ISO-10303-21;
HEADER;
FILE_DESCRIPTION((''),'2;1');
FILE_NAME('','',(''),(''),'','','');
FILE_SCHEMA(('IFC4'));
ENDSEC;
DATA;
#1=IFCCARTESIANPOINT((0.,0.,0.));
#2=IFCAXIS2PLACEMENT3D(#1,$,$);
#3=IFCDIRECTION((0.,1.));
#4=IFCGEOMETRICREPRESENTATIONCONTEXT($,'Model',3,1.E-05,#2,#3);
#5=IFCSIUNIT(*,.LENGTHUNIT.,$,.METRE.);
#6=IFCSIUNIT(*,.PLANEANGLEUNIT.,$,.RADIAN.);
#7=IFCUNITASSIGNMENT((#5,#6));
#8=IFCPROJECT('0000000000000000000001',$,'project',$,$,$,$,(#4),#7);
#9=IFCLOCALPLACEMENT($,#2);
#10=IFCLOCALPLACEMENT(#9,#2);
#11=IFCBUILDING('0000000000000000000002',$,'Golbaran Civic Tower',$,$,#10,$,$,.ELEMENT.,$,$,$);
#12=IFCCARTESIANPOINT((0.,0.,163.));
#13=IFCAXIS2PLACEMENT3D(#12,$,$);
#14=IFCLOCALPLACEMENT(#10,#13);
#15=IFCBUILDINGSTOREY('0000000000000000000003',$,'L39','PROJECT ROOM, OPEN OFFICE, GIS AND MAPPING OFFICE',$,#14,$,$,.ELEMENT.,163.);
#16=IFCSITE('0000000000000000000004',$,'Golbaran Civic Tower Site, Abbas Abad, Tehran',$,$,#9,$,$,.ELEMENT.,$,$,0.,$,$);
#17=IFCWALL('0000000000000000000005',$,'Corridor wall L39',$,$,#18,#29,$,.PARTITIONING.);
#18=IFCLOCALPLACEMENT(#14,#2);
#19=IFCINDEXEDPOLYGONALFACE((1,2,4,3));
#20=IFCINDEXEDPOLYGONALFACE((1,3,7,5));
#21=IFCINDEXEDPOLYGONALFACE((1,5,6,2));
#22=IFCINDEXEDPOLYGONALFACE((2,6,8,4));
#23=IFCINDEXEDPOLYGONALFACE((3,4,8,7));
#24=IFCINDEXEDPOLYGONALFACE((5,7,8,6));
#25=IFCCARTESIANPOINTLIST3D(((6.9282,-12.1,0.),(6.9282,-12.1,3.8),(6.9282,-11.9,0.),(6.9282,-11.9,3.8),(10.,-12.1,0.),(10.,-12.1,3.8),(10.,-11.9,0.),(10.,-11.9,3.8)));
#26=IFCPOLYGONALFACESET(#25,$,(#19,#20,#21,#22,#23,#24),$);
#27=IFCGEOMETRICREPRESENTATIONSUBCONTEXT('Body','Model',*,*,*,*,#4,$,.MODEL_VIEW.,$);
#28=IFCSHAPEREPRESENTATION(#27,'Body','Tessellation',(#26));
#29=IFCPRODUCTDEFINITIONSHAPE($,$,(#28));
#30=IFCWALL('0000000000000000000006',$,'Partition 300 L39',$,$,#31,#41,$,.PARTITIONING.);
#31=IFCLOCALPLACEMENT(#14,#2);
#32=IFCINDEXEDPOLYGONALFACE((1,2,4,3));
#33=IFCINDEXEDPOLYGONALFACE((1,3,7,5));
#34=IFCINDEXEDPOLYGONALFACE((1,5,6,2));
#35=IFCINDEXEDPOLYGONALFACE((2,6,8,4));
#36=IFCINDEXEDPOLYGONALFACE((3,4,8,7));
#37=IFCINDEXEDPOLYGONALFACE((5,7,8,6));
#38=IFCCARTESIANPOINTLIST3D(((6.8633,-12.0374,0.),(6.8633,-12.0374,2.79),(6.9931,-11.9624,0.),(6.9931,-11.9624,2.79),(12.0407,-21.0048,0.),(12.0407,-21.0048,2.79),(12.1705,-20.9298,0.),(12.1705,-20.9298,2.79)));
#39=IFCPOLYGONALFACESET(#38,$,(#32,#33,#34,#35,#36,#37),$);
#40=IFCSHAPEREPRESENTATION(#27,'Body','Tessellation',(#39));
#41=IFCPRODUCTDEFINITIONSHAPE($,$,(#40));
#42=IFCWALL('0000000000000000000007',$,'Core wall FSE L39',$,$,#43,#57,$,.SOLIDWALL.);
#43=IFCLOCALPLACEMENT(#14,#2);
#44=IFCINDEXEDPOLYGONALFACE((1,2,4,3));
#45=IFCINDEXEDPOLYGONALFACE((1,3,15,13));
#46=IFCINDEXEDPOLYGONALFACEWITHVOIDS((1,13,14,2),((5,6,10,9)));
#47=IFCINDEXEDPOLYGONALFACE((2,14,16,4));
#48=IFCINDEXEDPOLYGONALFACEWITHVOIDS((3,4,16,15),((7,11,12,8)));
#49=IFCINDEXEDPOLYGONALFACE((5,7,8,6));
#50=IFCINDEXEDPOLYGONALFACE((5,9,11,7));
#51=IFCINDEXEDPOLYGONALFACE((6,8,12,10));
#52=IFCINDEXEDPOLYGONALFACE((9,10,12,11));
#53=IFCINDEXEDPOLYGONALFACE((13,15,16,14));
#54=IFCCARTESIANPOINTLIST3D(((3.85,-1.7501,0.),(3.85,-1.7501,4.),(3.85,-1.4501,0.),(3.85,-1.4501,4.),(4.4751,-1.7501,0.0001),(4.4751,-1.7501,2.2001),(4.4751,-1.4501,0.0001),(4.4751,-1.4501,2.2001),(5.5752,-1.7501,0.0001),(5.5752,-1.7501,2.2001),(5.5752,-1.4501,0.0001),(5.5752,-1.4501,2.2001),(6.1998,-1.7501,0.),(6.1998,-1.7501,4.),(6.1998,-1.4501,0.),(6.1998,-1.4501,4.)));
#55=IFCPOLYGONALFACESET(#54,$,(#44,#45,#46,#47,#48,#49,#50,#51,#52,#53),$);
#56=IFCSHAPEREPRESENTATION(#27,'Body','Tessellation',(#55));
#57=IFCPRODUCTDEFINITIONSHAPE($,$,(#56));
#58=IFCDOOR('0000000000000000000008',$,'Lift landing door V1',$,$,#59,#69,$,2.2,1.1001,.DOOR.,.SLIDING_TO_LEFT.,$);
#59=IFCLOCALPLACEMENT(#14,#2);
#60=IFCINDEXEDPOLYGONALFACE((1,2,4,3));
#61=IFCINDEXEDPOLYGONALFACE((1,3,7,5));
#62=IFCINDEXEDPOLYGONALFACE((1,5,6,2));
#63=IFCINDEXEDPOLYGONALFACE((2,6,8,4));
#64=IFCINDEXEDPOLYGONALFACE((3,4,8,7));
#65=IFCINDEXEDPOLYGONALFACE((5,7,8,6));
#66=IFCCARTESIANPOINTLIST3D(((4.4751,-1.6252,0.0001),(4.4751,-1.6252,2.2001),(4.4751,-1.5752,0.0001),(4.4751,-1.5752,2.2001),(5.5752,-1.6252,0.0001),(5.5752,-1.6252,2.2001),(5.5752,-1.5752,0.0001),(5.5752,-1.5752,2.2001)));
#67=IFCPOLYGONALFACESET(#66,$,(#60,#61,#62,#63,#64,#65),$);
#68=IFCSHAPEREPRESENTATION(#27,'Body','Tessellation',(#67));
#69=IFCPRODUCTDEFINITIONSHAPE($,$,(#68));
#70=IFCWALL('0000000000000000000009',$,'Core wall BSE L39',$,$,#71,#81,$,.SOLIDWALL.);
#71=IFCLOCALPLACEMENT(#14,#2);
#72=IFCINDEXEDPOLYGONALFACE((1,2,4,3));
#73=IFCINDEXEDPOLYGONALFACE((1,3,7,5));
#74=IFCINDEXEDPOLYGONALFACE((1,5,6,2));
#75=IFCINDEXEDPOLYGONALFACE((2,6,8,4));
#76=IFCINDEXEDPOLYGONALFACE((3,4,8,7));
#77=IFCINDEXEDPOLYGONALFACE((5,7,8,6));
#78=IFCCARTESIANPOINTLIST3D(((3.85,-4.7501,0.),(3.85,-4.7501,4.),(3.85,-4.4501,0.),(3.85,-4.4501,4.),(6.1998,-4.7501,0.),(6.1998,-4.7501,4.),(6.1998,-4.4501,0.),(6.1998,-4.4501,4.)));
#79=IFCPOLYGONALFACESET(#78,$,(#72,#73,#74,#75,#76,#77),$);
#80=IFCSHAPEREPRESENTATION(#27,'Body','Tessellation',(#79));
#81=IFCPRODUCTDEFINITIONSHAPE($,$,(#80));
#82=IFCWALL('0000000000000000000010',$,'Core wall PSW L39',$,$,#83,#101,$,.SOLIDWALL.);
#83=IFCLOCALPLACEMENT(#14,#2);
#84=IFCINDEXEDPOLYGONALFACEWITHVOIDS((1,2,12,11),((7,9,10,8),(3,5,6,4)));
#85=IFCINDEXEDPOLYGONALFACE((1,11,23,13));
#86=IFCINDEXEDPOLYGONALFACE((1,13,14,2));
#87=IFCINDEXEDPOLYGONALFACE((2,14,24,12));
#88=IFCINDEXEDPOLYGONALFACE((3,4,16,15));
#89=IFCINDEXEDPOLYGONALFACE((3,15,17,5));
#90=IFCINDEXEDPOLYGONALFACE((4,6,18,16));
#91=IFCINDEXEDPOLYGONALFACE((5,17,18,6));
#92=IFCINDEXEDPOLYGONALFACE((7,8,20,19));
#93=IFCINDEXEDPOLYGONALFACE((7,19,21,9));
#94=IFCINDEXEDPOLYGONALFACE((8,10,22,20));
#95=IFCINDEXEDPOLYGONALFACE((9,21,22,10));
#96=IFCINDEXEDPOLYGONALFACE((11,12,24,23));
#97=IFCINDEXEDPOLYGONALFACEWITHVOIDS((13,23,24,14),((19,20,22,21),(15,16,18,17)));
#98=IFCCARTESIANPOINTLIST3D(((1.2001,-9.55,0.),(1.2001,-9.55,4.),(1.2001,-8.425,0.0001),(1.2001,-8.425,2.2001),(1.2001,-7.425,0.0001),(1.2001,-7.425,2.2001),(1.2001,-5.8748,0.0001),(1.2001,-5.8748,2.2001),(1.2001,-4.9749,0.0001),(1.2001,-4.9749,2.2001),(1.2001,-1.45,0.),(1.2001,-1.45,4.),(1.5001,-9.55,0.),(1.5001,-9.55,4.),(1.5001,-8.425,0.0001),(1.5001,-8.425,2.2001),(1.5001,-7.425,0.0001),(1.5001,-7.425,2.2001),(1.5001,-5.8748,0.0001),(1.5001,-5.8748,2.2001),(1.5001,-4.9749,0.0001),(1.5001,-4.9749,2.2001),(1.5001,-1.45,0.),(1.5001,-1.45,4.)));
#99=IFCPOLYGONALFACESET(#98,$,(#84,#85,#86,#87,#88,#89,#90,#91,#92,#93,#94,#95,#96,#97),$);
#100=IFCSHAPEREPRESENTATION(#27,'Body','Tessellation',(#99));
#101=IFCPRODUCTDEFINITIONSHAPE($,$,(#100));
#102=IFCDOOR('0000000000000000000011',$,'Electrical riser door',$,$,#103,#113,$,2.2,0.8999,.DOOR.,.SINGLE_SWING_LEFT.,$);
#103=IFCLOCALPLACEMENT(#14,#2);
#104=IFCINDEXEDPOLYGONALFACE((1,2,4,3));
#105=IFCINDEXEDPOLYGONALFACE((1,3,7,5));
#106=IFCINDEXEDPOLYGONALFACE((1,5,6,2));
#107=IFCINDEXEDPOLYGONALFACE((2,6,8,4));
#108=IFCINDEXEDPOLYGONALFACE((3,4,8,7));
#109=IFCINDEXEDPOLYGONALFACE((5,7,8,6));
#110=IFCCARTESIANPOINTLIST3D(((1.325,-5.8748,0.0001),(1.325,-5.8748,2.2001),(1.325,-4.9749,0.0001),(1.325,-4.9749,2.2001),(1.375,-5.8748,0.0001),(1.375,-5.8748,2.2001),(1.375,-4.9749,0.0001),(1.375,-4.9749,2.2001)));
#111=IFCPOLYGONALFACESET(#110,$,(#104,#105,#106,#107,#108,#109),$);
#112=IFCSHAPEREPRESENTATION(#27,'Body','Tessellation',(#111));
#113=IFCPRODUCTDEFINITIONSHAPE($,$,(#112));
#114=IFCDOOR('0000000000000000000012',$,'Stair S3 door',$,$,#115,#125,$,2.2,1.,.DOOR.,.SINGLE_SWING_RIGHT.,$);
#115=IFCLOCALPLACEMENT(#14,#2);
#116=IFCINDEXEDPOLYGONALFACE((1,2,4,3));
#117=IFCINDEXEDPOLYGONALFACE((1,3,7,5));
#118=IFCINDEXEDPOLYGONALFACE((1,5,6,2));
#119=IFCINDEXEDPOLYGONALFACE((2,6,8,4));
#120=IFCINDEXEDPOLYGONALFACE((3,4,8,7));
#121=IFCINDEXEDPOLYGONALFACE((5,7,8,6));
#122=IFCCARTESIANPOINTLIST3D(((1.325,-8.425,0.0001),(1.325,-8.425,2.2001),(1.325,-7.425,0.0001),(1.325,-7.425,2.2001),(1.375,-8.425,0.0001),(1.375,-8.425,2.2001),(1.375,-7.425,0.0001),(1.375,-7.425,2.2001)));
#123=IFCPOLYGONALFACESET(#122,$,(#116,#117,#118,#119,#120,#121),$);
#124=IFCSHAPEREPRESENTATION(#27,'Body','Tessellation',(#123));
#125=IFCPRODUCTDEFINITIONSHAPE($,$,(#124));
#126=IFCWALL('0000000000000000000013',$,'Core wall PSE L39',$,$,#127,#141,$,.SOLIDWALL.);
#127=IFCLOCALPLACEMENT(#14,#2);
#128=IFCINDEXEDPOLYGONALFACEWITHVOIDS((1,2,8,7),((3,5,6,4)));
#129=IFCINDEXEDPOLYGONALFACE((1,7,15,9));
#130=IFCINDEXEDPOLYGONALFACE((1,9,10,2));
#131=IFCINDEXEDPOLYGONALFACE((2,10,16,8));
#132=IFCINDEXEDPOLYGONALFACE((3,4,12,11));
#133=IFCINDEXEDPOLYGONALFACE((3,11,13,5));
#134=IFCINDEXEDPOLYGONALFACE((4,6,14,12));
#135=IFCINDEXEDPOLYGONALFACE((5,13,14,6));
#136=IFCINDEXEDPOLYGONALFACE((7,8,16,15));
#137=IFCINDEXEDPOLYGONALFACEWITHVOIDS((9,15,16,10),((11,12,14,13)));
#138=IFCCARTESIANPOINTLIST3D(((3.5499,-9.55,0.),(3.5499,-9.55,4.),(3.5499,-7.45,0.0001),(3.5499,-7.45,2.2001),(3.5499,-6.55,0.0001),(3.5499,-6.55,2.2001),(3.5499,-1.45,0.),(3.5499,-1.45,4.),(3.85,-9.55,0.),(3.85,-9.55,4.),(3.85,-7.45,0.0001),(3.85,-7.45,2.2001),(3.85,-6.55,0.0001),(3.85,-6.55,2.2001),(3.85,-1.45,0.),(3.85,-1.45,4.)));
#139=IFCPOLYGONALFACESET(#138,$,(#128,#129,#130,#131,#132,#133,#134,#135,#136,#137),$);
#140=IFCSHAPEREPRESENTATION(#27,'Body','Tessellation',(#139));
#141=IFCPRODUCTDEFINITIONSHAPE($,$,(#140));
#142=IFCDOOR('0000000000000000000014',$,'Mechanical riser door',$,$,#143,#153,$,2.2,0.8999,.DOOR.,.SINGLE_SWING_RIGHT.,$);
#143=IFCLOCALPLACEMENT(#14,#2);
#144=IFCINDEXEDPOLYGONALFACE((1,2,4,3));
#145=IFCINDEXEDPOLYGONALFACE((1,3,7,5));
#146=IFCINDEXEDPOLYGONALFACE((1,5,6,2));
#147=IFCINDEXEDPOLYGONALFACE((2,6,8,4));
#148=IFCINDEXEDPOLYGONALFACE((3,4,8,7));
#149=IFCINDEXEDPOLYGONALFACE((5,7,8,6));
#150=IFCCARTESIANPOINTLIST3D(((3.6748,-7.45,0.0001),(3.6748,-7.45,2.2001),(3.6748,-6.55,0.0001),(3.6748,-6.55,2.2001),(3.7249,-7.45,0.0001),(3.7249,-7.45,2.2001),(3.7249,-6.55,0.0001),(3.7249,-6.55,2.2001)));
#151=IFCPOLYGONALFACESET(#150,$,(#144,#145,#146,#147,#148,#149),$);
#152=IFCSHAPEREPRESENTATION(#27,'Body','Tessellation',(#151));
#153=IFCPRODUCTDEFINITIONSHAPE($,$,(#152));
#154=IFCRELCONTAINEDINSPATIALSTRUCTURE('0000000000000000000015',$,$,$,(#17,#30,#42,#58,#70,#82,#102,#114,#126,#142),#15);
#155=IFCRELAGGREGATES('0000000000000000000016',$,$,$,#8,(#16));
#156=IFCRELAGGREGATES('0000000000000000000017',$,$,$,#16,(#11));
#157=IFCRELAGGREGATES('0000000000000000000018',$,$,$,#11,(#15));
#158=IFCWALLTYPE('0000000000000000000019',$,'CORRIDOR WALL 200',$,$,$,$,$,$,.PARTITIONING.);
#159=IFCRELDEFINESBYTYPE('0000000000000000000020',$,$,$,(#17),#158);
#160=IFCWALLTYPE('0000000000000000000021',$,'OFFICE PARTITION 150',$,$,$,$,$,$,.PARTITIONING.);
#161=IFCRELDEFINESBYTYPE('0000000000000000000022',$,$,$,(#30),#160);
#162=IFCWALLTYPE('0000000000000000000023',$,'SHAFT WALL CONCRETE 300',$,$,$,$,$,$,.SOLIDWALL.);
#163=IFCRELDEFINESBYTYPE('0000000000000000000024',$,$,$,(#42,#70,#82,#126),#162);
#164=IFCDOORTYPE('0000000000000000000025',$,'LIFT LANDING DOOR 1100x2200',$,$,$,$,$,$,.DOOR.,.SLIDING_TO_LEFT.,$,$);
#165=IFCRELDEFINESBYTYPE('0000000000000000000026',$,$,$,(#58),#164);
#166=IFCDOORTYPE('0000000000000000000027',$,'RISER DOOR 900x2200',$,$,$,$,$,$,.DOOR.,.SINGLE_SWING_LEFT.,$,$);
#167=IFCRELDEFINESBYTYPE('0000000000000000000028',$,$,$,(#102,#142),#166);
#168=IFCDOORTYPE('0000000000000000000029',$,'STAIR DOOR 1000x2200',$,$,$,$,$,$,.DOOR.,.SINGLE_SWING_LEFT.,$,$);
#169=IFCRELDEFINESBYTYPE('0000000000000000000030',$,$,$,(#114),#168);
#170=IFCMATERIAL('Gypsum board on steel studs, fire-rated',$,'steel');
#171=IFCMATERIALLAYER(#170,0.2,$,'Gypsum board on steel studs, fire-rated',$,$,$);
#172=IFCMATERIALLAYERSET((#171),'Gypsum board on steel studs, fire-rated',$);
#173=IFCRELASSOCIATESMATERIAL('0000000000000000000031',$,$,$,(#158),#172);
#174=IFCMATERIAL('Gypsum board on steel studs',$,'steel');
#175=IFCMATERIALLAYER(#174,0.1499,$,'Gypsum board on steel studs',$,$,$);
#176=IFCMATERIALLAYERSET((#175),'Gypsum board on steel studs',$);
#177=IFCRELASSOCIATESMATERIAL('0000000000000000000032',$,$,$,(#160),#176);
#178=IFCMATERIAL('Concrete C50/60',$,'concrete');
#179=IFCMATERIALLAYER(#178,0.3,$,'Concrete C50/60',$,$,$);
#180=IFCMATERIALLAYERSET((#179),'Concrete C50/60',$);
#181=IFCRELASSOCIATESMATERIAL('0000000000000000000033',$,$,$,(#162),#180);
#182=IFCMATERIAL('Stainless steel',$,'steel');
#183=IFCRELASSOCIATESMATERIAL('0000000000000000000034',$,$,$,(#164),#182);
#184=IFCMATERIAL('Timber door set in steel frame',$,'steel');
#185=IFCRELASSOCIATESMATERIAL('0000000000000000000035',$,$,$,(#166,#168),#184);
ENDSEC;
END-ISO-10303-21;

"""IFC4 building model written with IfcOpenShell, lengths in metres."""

from ifc_helpers import new_model, si_unit, direction, frame, frame_2d, origin, place, context, subcontext, project, spatial, rectangle, extrude, material, layer, layer_set, type_object, element, fill, save


model = new_model("IFC4")

# Units and contexts
model_context = context("Model", 3, precision=1e-05, world=origin(), true_north=direction((0.0, 1.0)))
body_context = subcontext(model_context, "Body", "Model", "MODEL_VIEW")
ifc_project = project(units=[si_unit("LENGTHUNIT", "METRE"), si_unit("PLANEANGLEUNIT", "RADIAN")], contexts=[model_context])

# Site, building, storey
site_placement = place(None, origin())
site = spatial("IfcSite", under=ifc_project, at=site_placement, Name="Golbaran Civic Tower Site, Abbas Abad, Tehran", CompositionType="ELEMENT", RefElevation=0.0)
building_placement = place(site_placement, origin())
building = spatial("IfcBuilding", under=site, at=building_placement, Name="Golbaran Civic Tower", CompositionType="ELEMENT")
storey_placement = place(building_placement, frame((0.0, 0.0, 163.0)))
storey = spatial("IfcBuildingStorey", under=building, at=storey_placement, Name="L39", Description="PROJECT ROOM, OPEN OFFICE, GIS AND MAPPING OFFICE", CompositionType="ELEMENT", Elevation=163.0)

# Walls
ifc_material_1 = material(Name="Gypsum board on steel studs, fire-rated", Category="steel")
ifc_layer_1 = layer(ifc_material_1, 0.2, Name="Gypsum board on steel studs, fire-rated")
ifc_layer_set_1 = layer_set([ifc_layer_1], Name="Gypsum board on steel studs, fire-rated")
wall_type_1 = type_object("IfcWallType", Name="CORRIDOR WALL 200", PredefinedType="PARTITIONING", material=ifc_layer_set_1)
wall_1_placement = place(storey_placement, frame((6.9282, -12.0, 0.0), z_axis=(0.0, 0.0, 1.0), x_axis=(1.0, 0.0, 0.0)))
element("IfcWall", 1, at=wall_1_placement, inside=storey, type_object=wall_type_1, Name="Corridor wall L39", PredefinedType="PARTITIONING", context=body_context, shape_type="SweptSolid", body=[
    extrude(rectangle(XDim=3.0718, YDim=0.2, at=frame_2d((1.5359, 0.0))), origin(), (0.0, 0.0, 1.0), 3.8),
])
ifc_material_2 = material(Name="Gypsum board on steel studs", Category="steel")
ifc_layer_2 = layer(ifc_material_2, 0.1499, Name="Gypsum board on steel studs")
ifc_layer_set_2 = layer_set([ifc_layer_2], Name="Gypsum board on steel studs")
wall_type_2 = type_object("IfcWallType", Name="OFFICE PARTITION 150", PredefinedType="PARTITIONING", material=ifc_layer_set_2)
wall_2_placement = place(storey_placement, frame((6.9282, -12.0, 0.0), z_axis=(0.0, 0.0, 1.0), x_axis=(0.500006, -0.866022, 0.0)))
element("IfcWall", 2, at=wall_2_placement, inside=storey, type_object=wall_type_2, Name="Partition 300 L39", PredefinedType="PARTITIONING", context=body_context, shape_type="SweptSolid", body=[
    extrude(rectangle(XDim=10.3547, YDim=0.1499, at=frame_2d((5.1772, 0.0))), origin(), (0.0, 0.0, 1.0), 2.79),
])

# Wall, opening, door
ifc_material_3 = material(Name="Concrete C50/60", Category="concrete")
ifc_layer_3 = layer(ifc_material_3, 0.3, Name="Concrete C50/60")
ifc_layer_set_3 = layer_set([ifc_layer_3], Name="Concrete C50/60")
wall_type_3 = type_object("IfcWallType", Name="SHAFT WALL CONCRETE 300", PredefinedType="SOLIDWALL", material=ifc_layer_set_3)
wall_3_placement = place(storey_placement, frame((3.8501, -1.6001, 0.0), z_axis=(0.0, 0.0, 1.0), x_axis=(1.0, 0.0, 0.0)))
wall_3 = element("IfcWall", 3, at=wall_3_placement, inside=storey, type_object=wall_type_3, Name="Core wall FSE L39", PredefinedType="SOLIDWALL", context=body_context, shape_type="SweptSolid", body=[
    extrude(rectangle(XDim=2.3499, YDim=0.3, at=frame_2d((1.1748, 0.0))), origin(), (0.0, 0.0, 1.0), 4.0),
])
opening_1_placement = place(wall_3_placement, frame((0.625, 0.0, 0.0)))
opening_1 = element("IfcOpeningElement", 4, at=opening_1_placement, cuts=wall_3, PredefinedType="OPENING", context=body_context, shape_type="SweptSolid", body=[
    extrude(rectangle(XDim=1.1001, YDim=2.2, at=frame_2d((0.55, 1.1001))), frame((0.0, 0.1599, 0.0), z_axis=(0.0, -1.0, 0.0), x_axis=(1.0, 0.0, 0.0)), (0.0, 0.0, 1.0), 0.3201),
])
ifc_material_4 = material(Name="Stainless steel", Category="steel")
door_type_1 = type_object("IfcDoorType", Name="LIFT LANDING DOOR 1100x2200", OperationType="SLIDING_TO_LEFT", PredefinedType="DOOR", material=ifc_material_4)
door_1_placement = place(opening_1_placement, origin())
door_1 = element("IfcDoor", 5, at=door_1_placement, inside=storey, type_object=door_type_1, Name="Lift landing door V1", OperationType="SLIDING_TO_LEFT", OverallHeight=2.2, OverallWidth=1.1001, PredefinedType="DOOR", context=body_context, shape_type="SweptSolid", body=[
    extrude(rectangle(XDim=1.1001, YDim=2.2, at=frame_2d((0.55, 1.1001))), frame((0.0, 0.0249, 0.0), z_axis=(0.0, -1.0, 0.0), x_axis=(1.0, 0.0, 0.0)), (0.0, 0.0, 1.0), 0.05),
])
fill(opening_1, door_1)

# Wall
wall_4_placement = place(storey_placement, frame((3.8501, -4.6001, 0.0), z_axis=(0.0, 0.0, 1.0), x_axis=(1.0, 0.0, 0.0)))
element("IfcWall", 6, at=wall_4_placement, inside=storey, type_object=wall_type_3, Name="Core wall BSE L39", PredefinedType="SOLIDWALL", context=body_context, shape_type="SweptSolid", body=[
    extrude(rectangle(XDim=2.3499, YDim=0.3, at=frame_2d((1.1748, 0.0))), origin(), (0.0, 0.0, 1.0), 4.0),
])

# Wall, openings, doors
wall_5_placement = place(storey_placement, frame((1.3501, -1.45, 0.0), z_axis=(0.0, 0.0, 1.0), x_axis=(0.0, -1.0, 0.0)))
wall_5 = element("IfcWall", 7, at=wall_5_placement, inside=storey, type_object=wall_type_3, Name="Core wall PSW L39", PredefinedType="SOLIDWALL", context=body_context, shape_type="SweptSolid", body=[
    extrude(rectangle(XDim=8.1001, YDim=0.3, at=frame_2d((4.05, 0.0))), origin(), (0.0, 0.0, 1.0), 4.0),
])
opening_2_placement = place(wall_5_placement, frame((5.9751, 0.0, 0.0)))
opening_2 = element("IfcOpeningElement", 8, at=opening_2_placement, cuts=wall_5, PredefinedType="OPENING", context=body_context, shape_type="SweptSolid", body=[
    extrude(rectangle(XDim=1.0, YDim=2.2, at=frame_2d((0.5, 1.1001))), frame((0.0, 0.1599, 0.0), z_axis=(0.0, -1.0, 0.0), x_axis=(1.0, 0.0, 0.0)), (0.0, 0.0, 1.0), 0.3201),
])
opening_3_placement = place(wall_5_placement, frame((3.5249, 0.0, 0.0)))
opening_3 = element("IfcOpeningElement", 9, at=opening_3_placement, cuts=wall_5, PredefinedType="OPENING", context=body_context, shape_type="SweptSolid", body=[
    extrude(rectangle(XDim=0.8999, YDim=2.2, at=frame_2d((0.45, 1.1001))), frame((0.0, 0.1599, 0.0), z_axis=(0.0, -1.0, 0.0), x_axis=(1.0, 0.0, 0.0)), (0.0, 0.0, 1.0), 0.3201),
])
ifc_material_5 = material(Name="Timber door set in steel frame", Category="steel")
door_type_2 = type_object("IfcDoorType", Name="RISER DOOR 900x2200", OperationType="SINGLE_SWING_LEFT", PredefinedType="DOOR", material=ifc_material_5)
door_2_placement = place(opening_3_placement, origin())
door_2 = element("IfcDoor", 10, at=door_2_placement, inside=storey, type_object=door_type_2, Name="Electrical riser door", OperationType="SINGLE_SWING_LEFT", OverallHeight=2.2, OverallWidth=0.8999, PredefinedType="DOOR", context=body_context, shape_type="SweptSolid", body=[
    extrude(rectangle(XDim=0.8999, YDim=2.2, at=frame_2d((0.45, 1.1001))), frame((0.0, 0.0249, 0.0), z_axis=(0.0, -1.0, 0.0), x_axis=(1.0, 0.0, 0.0)), (0.0, 0.0, 1.0), 0.05),
])
fill(opening_3, door_2)
door_type_3 = type_object("IfcDoorType", Name="STAIR DOOR 1000x2200", OperationType="SINGLE_SWING_LEFT", PredefinedType="DOOR", material=ifc_material_5)
door_3_placement = place(opening_2_placement, origin())
door_3 = element("IfcDoor", 11, at=door_3_placement, inside=storey, type_object=door_type_3, Name="Stair S3 door", OperationType="SINGLE_SWING_RIGHT", OverallHeight=2.2, OverallWidth=1.0, PredefinedType="DOOR", context=body_context, shape_type="SweptSolid", body=[
    extrude(rectangle(XDim=1.0, YDim=2.2, at=frame_2d((0.5, 1.1001))), frame((0.0, 0.0249, 0.0), z_axis=(0.0, -1.0, 0.0), x_axis=(1.0, 0.0, 0.0)), (0.0, 0.0, 1.0), 0.05),
])
fill(opening_2, door_3)

# Wall, opening, door
wall_6_placement = place(storey_placement, frame((3.7, -1.45, 0.0), z_axis=(0.0, 0.0, 1.0), x_axis=(0.0, -1.0, 0.0)))
wall_6 = element("IfcWall", 12, at=wall_6_placement, inside=storey, type_object=wall_type_3, Name="Core wall PSE L39", PredefinedType="SOLIDWALL", context=body_context, shape_type="SweptSolid", body=[
    extrude(rectangle(XDim=8.1001, YDim=0.3, at=frame_2d((4.05, 0.0))), origin(), (0.0, 0.0, 1.0), 4.0),
])
opening_4_placement = place(wall_6_placement, frame((5.1001, 0.0, 0.0)))
opening_4 = element("IfcOpeningElement", 13, at=opening_4_placement, cuts=wall_6, PredefinedType="OPENING", context=body_context, shape_type="SweptSolid", body=[
    extrude(rectangle(XDim=0.8999, YDim=2.2, at=frame_2d((0.45, 1.1001))), frame((0.0, 0.1599, 0.0), z_axis=(0.0, -1.0, 0.0), x_axis=(1.0, 0.0, 0.0)), (0.0, 0.0, 1.0), 0.3201),
])
door_4_placement = place(opening_4_placement, origin())
door_4 = element("IfcDoor", 14, at=door_4_placement, inside=storey, type_object=door_type_2, Name="Mechanical riser door", OperationType="SINGLE_SWING_RIGHT", OverallHeight=2.2, OverallWidth=0.8999, PredefinedType="DOOR", context=body_context, shape_type="SweptSolid", body=[
    extrude(rectangle(XDim=0.8999, YDim=2.2, at=frame_2d((0.45, 1.1001))), frame((0.0, 0.0249, 0.0), z_axis=(0.0, -1.0, 0.0), x_axis=(1.0, 0.0, 0.0)), (0.0, 0.0, 1.0), 0.05),
])
fill(opening_4, door_4)

save(model, "model.ifc")
